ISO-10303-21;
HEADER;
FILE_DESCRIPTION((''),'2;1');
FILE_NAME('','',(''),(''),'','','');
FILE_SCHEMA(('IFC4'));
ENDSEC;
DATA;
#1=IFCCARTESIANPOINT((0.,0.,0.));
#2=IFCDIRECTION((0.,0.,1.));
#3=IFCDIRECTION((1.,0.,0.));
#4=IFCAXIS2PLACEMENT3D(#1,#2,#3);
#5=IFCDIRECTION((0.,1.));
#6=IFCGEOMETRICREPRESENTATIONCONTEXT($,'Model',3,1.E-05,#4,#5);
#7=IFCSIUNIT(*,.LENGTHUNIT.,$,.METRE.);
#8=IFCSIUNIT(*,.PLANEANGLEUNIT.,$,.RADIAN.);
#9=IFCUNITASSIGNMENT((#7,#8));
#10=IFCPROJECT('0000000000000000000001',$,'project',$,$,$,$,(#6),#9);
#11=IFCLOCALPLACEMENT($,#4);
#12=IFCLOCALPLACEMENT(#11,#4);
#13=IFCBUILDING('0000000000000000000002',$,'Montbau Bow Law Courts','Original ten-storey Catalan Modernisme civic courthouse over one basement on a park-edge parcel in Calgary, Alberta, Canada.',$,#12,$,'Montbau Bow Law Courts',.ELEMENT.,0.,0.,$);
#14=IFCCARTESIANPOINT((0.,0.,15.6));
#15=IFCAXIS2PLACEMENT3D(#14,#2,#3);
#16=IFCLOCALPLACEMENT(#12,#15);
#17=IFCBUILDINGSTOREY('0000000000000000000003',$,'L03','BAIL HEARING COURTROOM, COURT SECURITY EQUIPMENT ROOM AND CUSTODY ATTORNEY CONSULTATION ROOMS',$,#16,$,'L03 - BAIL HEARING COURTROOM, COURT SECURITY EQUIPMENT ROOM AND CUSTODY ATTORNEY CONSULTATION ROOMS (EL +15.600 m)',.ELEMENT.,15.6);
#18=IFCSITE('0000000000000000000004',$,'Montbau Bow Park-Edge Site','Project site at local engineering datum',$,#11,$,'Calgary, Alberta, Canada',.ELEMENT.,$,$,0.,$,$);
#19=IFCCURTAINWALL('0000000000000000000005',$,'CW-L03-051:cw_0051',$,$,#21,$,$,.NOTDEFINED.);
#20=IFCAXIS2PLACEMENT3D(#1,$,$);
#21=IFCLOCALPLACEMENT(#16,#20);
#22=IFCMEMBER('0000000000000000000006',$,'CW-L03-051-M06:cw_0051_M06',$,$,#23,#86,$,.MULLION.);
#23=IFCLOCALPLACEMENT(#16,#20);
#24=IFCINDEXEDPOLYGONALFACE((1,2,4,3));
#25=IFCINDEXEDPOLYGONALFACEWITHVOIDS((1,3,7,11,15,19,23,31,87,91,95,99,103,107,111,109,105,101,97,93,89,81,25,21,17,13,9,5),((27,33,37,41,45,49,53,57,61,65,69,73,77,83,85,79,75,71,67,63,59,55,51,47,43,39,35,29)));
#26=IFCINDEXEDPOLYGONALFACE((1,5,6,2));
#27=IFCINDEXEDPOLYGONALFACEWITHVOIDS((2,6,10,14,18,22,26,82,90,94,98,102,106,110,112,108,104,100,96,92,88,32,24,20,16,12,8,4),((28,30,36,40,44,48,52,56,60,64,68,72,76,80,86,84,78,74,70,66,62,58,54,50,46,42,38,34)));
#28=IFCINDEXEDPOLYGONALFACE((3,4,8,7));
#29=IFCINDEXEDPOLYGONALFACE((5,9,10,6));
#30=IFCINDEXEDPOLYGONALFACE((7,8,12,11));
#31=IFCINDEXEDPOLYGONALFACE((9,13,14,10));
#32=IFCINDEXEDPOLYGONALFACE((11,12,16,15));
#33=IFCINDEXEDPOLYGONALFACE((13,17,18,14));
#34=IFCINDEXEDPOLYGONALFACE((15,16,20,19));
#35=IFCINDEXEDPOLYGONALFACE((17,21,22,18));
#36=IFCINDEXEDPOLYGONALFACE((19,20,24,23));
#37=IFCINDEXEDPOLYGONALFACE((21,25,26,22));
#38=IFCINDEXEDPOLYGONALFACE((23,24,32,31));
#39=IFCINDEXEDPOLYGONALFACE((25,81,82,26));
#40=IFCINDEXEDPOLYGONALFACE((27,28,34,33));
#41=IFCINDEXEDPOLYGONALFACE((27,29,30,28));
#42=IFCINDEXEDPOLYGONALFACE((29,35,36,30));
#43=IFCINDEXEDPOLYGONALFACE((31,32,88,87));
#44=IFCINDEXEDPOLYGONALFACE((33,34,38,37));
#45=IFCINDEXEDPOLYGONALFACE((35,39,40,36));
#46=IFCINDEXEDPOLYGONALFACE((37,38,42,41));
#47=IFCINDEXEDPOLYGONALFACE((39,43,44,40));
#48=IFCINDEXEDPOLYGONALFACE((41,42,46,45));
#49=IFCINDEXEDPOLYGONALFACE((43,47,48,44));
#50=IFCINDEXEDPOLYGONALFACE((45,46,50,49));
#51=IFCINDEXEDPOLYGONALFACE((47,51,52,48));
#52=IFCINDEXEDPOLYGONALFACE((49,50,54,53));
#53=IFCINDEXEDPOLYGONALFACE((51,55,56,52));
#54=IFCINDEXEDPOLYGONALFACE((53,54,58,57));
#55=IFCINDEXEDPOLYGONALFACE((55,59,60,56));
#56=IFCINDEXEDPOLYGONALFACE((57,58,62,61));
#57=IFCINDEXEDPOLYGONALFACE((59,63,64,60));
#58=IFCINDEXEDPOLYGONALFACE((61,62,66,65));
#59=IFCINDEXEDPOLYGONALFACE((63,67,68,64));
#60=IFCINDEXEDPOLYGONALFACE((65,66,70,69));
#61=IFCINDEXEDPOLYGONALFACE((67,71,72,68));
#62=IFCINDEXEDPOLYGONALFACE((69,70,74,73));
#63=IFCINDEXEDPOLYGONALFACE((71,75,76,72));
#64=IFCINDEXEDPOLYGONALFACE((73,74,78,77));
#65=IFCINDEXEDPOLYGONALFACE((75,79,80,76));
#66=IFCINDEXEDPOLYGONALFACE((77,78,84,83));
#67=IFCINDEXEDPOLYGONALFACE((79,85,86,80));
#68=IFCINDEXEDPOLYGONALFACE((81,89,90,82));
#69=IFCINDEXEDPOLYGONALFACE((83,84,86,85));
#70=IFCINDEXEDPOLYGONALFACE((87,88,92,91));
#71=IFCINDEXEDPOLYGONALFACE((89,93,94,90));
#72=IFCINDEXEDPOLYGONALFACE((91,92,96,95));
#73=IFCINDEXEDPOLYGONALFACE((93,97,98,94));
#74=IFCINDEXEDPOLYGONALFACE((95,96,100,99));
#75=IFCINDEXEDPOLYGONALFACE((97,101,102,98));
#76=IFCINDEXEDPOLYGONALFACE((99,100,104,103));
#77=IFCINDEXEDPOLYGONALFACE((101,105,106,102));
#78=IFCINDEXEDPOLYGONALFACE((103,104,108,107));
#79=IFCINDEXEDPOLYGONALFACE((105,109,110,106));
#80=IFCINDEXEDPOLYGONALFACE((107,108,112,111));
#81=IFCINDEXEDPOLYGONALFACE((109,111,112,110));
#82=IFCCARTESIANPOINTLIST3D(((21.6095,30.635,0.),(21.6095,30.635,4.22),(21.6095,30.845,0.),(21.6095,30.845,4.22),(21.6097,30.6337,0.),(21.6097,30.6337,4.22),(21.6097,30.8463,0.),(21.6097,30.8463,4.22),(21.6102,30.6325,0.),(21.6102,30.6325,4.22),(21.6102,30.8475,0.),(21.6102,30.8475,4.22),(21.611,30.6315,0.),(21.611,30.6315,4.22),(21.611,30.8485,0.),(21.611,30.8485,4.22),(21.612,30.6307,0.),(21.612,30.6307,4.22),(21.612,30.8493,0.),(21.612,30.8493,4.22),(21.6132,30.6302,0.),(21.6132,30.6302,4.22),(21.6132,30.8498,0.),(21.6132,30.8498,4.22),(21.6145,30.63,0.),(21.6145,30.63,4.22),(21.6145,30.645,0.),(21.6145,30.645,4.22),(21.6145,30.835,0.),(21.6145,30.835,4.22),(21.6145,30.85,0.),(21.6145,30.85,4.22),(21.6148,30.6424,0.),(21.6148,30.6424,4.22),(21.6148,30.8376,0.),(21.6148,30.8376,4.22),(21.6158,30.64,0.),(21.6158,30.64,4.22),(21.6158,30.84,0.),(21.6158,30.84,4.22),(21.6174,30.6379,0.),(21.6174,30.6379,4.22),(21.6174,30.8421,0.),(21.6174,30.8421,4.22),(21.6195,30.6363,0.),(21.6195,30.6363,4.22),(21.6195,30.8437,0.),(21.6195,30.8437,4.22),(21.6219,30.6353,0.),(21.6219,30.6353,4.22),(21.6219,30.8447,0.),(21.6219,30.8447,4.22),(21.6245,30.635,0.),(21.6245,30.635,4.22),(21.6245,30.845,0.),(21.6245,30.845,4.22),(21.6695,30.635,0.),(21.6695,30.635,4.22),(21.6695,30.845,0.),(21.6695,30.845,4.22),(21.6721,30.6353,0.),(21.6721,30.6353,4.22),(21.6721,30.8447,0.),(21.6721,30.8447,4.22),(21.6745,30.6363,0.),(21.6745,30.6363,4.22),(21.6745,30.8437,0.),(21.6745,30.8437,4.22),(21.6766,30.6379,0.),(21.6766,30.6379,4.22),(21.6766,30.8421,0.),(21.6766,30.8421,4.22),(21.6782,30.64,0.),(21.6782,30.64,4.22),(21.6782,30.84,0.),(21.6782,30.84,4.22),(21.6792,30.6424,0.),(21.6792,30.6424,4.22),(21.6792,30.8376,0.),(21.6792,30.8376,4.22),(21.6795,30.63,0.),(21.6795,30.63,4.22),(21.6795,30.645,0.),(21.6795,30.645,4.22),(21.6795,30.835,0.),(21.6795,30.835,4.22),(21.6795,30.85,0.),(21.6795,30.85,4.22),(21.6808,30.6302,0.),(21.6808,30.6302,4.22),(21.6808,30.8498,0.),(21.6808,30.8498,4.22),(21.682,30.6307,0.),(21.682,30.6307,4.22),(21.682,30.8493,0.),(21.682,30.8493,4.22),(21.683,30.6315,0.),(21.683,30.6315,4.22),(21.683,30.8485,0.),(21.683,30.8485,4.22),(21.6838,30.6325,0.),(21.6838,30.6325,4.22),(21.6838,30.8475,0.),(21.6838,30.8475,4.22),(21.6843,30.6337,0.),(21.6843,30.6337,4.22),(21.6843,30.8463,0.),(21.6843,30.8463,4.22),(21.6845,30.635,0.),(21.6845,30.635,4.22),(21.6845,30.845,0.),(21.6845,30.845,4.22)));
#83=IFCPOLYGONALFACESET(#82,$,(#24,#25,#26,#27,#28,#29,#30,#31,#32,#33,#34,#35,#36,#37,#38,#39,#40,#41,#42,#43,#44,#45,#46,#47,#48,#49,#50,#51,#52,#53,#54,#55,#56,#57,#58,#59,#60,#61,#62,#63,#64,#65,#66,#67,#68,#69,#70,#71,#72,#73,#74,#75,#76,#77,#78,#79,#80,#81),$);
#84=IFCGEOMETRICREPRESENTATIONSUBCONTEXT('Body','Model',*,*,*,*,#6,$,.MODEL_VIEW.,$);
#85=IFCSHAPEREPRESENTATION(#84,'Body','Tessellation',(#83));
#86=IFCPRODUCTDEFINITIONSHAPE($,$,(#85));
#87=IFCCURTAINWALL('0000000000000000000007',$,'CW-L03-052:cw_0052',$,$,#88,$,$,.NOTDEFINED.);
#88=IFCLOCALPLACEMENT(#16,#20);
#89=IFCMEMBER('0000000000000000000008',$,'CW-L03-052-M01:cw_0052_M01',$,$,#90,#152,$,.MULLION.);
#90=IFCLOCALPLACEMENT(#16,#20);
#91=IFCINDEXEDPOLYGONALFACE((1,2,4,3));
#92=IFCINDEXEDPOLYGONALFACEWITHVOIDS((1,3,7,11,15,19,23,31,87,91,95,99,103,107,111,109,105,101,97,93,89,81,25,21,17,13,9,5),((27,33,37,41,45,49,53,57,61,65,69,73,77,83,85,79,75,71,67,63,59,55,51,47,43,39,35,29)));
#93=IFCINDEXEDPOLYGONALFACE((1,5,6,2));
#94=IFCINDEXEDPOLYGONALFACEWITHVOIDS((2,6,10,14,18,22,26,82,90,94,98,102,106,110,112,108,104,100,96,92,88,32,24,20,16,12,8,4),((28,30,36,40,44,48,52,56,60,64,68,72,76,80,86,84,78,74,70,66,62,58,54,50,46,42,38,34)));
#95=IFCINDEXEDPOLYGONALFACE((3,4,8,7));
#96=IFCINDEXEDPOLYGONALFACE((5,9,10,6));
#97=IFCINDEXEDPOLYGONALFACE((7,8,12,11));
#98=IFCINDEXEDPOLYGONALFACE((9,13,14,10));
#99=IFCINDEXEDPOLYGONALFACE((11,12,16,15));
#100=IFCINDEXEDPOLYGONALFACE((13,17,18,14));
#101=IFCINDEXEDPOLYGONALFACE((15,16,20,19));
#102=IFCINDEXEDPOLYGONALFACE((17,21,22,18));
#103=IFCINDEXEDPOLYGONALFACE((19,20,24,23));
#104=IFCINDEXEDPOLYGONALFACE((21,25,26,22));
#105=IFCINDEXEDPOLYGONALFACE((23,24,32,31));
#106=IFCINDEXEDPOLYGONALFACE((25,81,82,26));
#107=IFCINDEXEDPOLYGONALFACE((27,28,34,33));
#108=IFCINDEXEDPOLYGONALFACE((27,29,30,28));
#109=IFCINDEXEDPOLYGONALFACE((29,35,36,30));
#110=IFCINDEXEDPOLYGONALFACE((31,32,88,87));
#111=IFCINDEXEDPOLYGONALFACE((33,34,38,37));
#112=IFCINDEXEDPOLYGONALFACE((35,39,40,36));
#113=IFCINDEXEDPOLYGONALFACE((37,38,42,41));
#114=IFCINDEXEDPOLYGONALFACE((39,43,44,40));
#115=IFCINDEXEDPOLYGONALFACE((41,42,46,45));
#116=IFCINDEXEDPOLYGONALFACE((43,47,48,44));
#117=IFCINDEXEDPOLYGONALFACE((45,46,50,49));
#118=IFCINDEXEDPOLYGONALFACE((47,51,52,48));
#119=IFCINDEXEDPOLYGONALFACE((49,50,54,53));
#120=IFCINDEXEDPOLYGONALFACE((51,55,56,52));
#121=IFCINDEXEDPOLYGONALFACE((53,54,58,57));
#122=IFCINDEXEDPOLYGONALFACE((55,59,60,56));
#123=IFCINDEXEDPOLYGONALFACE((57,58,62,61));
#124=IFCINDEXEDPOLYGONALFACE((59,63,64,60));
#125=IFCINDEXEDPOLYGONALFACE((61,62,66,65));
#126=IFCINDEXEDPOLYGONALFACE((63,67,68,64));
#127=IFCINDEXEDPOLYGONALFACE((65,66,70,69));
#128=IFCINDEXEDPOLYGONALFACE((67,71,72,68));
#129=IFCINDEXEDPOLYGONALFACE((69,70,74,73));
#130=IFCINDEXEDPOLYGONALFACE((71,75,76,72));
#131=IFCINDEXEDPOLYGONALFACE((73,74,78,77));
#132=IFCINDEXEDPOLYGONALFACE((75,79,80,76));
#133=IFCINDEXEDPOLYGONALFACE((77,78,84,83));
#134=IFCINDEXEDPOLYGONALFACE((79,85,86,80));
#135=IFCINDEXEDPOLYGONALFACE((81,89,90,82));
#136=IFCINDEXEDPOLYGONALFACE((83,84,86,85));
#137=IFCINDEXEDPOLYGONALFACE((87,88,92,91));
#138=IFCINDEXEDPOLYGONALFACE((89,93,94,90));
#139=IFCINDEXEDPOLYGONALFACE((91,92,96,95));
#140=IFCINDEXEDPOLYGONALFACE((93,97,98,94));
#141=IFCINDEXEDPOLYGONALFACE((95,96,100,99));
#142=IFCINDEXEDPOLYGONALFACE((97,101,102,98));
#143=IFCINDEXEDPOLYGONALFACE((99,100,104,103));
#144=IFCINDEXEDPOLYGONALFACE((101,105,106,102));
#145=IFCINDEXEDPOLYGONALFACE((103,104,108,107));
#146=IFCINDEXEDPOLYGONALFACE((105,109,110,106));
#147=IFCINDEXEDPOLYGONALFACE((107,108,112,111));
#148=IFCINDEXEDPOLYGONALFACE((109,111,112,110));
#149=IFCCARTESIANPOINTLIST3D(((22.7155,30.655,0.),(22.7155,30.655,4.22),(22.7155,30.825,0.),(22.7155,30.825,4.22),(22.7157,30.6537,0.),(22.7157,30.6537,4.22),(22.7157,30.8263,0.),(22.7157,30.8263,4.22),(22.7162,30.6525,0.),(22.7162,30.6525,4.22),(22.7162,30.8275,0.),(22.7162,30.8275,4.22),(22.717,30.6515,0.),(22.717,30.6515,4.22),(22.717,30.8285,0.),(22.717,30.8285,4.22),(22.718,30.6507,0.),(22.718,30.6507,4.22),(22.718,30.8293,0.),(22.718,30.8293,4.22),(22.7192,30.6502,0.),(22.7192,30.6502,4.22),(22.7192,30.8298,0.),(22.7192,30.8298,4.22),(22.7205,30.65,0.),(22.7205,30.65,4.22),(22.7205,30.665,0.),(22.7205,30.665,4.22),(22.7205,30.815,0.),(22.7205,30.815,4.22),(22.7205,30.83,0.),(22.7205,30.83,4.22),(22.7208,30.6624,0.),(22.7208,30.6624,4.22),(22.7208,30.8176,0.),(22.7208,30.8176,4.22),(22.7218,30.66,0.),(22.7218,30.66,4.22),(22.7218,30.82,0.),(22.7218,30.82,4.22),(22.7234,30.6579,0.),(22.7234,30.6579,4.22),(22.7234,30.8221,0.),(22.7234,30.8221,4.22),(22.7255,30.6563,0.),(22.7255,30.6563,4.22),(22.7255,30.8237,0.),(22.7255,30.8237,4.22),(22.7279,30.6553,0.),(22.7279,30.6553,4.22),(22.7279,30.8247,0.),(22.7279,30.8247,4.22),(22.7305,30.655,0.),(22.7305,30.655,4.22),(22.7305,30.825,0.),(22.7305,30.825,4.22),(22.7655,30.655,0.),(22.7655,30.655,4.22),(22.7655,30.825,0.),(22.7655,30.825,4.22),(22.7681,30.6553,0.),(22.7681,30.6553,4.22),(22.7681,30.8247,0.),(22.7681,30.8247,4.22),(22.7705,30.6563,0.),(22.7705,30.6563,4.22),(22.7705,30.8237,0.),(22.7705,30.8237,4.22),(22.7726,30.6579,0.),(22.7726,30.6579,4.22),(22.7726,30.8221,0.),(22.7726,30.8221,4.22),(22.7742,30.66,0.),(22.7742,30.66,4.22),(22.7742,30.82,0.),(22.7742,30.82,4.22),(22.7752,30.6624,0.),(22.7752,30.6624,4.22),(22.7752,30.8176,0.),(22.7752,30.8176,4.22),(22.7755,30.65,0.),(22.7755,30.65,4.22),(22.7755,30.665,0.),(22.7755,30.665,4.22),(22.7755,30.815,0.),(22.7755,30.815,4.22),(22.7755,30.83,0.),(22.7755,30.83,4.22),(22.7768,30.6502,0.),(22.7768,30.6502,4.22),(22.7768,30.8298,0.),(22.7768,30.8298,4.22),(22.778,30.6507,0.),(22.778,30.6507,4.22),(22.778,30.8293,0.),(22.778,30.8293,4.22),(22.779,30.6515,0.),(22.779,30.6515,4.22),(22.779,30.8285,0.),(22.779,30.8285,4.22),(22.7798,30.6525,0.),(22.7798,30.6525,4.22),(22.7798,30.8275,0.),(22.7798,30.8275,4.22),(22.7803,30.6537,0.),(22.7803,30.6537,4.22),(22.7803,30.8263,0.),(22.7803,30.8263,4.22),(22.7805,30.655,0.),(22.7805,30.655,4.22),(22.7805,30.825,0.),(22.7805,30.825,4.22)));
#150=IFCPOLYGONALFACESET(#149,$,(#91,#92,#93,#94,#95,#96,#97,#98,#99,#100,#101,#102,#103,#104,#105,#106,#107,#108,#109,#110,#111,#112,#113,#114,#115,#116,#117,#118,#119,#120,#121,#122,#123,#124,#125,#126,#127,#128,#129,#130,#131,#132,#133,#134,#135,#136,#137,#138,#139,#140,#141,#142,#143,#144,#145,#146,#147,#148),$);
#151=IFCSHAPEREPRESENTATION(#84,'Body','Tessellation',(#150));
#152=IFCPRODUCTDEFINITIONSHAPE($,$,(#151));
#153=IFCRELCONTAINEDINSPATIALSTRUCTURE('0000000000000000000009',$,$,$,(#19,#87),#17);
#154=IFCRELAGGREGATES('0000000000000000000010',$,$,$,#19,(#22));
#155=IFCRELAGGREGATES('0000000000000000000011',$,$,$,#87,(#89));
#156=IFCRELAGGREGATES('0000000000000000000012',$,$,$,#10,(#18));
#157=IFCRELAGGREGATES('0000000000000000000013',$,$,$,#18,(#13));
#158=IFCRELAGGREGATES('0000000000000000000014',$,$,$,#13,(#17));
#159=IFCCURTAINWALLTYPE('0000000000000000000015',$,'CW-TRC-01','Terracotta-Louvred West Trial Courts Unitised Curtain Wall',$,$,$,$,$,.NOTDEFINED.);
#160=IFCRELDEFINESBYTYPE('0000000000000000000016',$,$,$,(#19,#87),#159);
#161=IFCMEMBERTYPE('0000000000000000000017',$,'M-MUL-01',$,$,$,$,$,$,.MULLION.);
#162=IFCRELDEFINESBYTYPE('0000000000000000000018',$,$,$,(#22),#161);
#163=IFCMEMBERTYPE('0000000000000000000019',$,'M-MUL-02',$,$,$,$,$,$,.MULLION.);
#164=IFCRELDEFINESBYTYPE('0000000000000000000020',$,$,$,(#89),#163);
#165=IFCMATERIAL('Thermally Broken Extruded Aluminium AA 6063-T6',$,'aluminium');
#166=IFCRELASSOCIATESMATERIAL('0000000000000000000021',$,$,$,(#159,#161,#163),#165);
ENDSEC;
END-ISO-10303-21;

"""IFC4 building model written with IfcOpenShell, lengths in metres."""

from ifc_helpers import new_model, si_unit, direction, frame, origin_with_axes, origin_2d_with_axis, place, context, subcontext, project, spatial, hollow_rectangle, extrude, material, material_profile, profile_set, type_object, element, aggregate, save


model = new_model("IFC4")

# Units and contexts
model_context = context("Model", 3, precision=1e-05, world=origin_with_axes(), true_north=direction((0.0, 1.0)))
body_context = subcontext(model_context, "Body", "Model", "MODEL_VIEW")
ifc_project = project(units=[si_unit("LENGTHUNIT", "METRE"), si_unit("PLANEANGLEUNIT", "RADIAN")], contexts=[model_context])

# Site, building, storey
site_placement = place(None, origin_with_axes())
site = spatial("IfcSite", under=ifc_project, at=site_placement, Name="Montbau Bow Park-Edge Site", Description="Project site at local engineering datum", LongName="Calgary, Alberta, Canada", CompositionType="ELEMENT", RefElevation=0.0)
building_placement = place(site_placement, origin_with_axes())
building = spatial("IfcBuilding", under=site, at=building_placement, Name="Montbau Bow Law Courts", Description="Original ten-storey Catalan Modernisme civic courthouse over one basement on a park-edge parcel in Calgary, Alberta, Canada.", LongName="Montbau Bow Law Courts", CompositionType="ELEMENT", ElevationOfRefHeight=0.0, ElevationOfTerrain=0.0)
storey_placement = place(building_placement, frame((0.0, 0.0, 15.6), z_axis=(0.0, 0.0, 1.0), x_axis=(1.0, 0.0, 0.0)))
storey = spatial("IfcBuildingStorey", under=building, at=storey_placement, Name="L03", Description="BAIL HEARING COURTROOM, COURT SECURITY EQUIPMENT ROOM AND CUSTODY ATTORNEY CONSULTATION ROOMS", LongName="L03 - BAIL HEARING COURTROOM, COURT SECURITY EQUIPMENT ROOM AND CUSTODY ATTORNEY CONSULTATION ROOMS (EL +15.600 m)", CompositionType="ELEMENT", Elevation=15.6)

# Curtain walls, members
ifc_material_1 = material(Name="Thermally Broken Extruded Aluminium AA 6063-T6", Category="aluminium")
curtain_wall_type = type_object("IfcCurtainWallType", Name="CW-TRC-01", Description="Terracotta-Louvred West Trial Courts Unitised Curtain Wall", PredefinedType="NOTDEFINED", material=ifc_material_1)
curtain_wall_1_placement = place(None, frame((14.315, 30.74, 15.6), z_axis=(0.0, 0.0, 1.0), x_axis=(1.0, 0.0, 0.0)))
curtain_wall_1 = element("IfcCurtainWall", 1, at=curtain_wall_1_placement, inside=storey, type_object=curtain_wall_type, Name="CW-L03-051:cw_0051", PredefinedType="NOTDEFINED")
ifc_material_profile_1 = material_profile(ifc_material_1, hollow_rectangle(XDim=0.075, YDim=0.22, WallThickness=0.005, InnerFilletRadius=0.01, OuterFilletRadius=0.005, at=origin_2d_with_axis()), Name="CWM-220X75", Category="Main", Priority=0)
ifc_profile_set_1 = profile_set([ifc_material_profile_1], Name="Thermally Broken Extruded Aluminium AA 6063-T6")
member_type_1 = type_object("IfcMemberType", Name="M-MUL-01", PredefinedType="MULLION", material=ifc_profile_set_1)
member_1_placement = place(None, frame((21.647, 30.74, 15.6), z_axis=(0.0, 0.0, 1.0), x_axis=(1.0, 0.0, 0.0)))
member_1 = element("IfcMember", 2, at=member_1_placement, type_object=member_type_1, Name="CW-L03-051-M06:cw_0051_M06", PredefinedType="MULLION", context=body_context, shape_type="SweptSolid", body=[
    extrude(hollow_rectangle(XDim=0.075, YDim=0.22, WallThickness=0.005, InnerFilletRadius=0.01, OuterFilletRadius=0.005, at=origin_2d_with_axis()), origin_with_axes(), (0.0, 0.0, 1.0), 4.22),
])
curtain_wall_2_placement = place(None, frame((22.715, 30.74, 15.6), z_axis=(0.0, 0.0, 1.0), x_axis=(1.0, 0.0, 0.0)))
curtain_wall_2 = element("IfcCurtainWall", 3, at=curtain_wall_2_placement, inside=storey, type_object=curtain_wall_type, Name="CW-L03-052:cw_0052", PredefinedType="NOTDEFINED")
ifc_material_profile_2 = material_profile(ifc_material_1, hollow_rectangle(XDim=0.065, YDim=0.18, WallThickness=0.005, InnerFilletRadius=0.01, OuterFilletRadius=0.005, at=origin_2d_with_axis()), Name="CWM-180X65", Category="Main", Priority=0)
ifc_profile_set_2 = profile_set([ifc_material_profile_2], Name="Thermally Broken Extruded Aluminium AA 6063-T6")
member_type_2 = type_object("IfcMemberType", Name="M-MUL-02", PredefinedType="MULLION", material=ifc_profile_set_2)
member_2_placement = place(None, frame((22.748, 30.74, 15.6), z_axis=(0.0, 0.0, 1.0), x_axis=(1.0, 0.0, 0.0)))
member_2 = element("IfcMember", 4, at=member_2_placement, type_object=member_type_2, Name="CW-L03-052-M01:cw_0052_M01", PredefinedType="MULLION", context=body_context, shape_type="SweptSolid", body=[
    extrude(hollow_rectangle(XDim=0.065, YDim=0.18, WallThickness=0.005, InnerFilletRadius=0.01, OuterFilletRadius=0.005, at=origin_2d_with_axis()), origin_with_axes(), (0.0, 0.0, 1.0), 4.22),
])

aggregate(curtain_wall_1, [member_1])
aggregate(curtain_wall_2, [member_2])

save(model, "model.ifc")
